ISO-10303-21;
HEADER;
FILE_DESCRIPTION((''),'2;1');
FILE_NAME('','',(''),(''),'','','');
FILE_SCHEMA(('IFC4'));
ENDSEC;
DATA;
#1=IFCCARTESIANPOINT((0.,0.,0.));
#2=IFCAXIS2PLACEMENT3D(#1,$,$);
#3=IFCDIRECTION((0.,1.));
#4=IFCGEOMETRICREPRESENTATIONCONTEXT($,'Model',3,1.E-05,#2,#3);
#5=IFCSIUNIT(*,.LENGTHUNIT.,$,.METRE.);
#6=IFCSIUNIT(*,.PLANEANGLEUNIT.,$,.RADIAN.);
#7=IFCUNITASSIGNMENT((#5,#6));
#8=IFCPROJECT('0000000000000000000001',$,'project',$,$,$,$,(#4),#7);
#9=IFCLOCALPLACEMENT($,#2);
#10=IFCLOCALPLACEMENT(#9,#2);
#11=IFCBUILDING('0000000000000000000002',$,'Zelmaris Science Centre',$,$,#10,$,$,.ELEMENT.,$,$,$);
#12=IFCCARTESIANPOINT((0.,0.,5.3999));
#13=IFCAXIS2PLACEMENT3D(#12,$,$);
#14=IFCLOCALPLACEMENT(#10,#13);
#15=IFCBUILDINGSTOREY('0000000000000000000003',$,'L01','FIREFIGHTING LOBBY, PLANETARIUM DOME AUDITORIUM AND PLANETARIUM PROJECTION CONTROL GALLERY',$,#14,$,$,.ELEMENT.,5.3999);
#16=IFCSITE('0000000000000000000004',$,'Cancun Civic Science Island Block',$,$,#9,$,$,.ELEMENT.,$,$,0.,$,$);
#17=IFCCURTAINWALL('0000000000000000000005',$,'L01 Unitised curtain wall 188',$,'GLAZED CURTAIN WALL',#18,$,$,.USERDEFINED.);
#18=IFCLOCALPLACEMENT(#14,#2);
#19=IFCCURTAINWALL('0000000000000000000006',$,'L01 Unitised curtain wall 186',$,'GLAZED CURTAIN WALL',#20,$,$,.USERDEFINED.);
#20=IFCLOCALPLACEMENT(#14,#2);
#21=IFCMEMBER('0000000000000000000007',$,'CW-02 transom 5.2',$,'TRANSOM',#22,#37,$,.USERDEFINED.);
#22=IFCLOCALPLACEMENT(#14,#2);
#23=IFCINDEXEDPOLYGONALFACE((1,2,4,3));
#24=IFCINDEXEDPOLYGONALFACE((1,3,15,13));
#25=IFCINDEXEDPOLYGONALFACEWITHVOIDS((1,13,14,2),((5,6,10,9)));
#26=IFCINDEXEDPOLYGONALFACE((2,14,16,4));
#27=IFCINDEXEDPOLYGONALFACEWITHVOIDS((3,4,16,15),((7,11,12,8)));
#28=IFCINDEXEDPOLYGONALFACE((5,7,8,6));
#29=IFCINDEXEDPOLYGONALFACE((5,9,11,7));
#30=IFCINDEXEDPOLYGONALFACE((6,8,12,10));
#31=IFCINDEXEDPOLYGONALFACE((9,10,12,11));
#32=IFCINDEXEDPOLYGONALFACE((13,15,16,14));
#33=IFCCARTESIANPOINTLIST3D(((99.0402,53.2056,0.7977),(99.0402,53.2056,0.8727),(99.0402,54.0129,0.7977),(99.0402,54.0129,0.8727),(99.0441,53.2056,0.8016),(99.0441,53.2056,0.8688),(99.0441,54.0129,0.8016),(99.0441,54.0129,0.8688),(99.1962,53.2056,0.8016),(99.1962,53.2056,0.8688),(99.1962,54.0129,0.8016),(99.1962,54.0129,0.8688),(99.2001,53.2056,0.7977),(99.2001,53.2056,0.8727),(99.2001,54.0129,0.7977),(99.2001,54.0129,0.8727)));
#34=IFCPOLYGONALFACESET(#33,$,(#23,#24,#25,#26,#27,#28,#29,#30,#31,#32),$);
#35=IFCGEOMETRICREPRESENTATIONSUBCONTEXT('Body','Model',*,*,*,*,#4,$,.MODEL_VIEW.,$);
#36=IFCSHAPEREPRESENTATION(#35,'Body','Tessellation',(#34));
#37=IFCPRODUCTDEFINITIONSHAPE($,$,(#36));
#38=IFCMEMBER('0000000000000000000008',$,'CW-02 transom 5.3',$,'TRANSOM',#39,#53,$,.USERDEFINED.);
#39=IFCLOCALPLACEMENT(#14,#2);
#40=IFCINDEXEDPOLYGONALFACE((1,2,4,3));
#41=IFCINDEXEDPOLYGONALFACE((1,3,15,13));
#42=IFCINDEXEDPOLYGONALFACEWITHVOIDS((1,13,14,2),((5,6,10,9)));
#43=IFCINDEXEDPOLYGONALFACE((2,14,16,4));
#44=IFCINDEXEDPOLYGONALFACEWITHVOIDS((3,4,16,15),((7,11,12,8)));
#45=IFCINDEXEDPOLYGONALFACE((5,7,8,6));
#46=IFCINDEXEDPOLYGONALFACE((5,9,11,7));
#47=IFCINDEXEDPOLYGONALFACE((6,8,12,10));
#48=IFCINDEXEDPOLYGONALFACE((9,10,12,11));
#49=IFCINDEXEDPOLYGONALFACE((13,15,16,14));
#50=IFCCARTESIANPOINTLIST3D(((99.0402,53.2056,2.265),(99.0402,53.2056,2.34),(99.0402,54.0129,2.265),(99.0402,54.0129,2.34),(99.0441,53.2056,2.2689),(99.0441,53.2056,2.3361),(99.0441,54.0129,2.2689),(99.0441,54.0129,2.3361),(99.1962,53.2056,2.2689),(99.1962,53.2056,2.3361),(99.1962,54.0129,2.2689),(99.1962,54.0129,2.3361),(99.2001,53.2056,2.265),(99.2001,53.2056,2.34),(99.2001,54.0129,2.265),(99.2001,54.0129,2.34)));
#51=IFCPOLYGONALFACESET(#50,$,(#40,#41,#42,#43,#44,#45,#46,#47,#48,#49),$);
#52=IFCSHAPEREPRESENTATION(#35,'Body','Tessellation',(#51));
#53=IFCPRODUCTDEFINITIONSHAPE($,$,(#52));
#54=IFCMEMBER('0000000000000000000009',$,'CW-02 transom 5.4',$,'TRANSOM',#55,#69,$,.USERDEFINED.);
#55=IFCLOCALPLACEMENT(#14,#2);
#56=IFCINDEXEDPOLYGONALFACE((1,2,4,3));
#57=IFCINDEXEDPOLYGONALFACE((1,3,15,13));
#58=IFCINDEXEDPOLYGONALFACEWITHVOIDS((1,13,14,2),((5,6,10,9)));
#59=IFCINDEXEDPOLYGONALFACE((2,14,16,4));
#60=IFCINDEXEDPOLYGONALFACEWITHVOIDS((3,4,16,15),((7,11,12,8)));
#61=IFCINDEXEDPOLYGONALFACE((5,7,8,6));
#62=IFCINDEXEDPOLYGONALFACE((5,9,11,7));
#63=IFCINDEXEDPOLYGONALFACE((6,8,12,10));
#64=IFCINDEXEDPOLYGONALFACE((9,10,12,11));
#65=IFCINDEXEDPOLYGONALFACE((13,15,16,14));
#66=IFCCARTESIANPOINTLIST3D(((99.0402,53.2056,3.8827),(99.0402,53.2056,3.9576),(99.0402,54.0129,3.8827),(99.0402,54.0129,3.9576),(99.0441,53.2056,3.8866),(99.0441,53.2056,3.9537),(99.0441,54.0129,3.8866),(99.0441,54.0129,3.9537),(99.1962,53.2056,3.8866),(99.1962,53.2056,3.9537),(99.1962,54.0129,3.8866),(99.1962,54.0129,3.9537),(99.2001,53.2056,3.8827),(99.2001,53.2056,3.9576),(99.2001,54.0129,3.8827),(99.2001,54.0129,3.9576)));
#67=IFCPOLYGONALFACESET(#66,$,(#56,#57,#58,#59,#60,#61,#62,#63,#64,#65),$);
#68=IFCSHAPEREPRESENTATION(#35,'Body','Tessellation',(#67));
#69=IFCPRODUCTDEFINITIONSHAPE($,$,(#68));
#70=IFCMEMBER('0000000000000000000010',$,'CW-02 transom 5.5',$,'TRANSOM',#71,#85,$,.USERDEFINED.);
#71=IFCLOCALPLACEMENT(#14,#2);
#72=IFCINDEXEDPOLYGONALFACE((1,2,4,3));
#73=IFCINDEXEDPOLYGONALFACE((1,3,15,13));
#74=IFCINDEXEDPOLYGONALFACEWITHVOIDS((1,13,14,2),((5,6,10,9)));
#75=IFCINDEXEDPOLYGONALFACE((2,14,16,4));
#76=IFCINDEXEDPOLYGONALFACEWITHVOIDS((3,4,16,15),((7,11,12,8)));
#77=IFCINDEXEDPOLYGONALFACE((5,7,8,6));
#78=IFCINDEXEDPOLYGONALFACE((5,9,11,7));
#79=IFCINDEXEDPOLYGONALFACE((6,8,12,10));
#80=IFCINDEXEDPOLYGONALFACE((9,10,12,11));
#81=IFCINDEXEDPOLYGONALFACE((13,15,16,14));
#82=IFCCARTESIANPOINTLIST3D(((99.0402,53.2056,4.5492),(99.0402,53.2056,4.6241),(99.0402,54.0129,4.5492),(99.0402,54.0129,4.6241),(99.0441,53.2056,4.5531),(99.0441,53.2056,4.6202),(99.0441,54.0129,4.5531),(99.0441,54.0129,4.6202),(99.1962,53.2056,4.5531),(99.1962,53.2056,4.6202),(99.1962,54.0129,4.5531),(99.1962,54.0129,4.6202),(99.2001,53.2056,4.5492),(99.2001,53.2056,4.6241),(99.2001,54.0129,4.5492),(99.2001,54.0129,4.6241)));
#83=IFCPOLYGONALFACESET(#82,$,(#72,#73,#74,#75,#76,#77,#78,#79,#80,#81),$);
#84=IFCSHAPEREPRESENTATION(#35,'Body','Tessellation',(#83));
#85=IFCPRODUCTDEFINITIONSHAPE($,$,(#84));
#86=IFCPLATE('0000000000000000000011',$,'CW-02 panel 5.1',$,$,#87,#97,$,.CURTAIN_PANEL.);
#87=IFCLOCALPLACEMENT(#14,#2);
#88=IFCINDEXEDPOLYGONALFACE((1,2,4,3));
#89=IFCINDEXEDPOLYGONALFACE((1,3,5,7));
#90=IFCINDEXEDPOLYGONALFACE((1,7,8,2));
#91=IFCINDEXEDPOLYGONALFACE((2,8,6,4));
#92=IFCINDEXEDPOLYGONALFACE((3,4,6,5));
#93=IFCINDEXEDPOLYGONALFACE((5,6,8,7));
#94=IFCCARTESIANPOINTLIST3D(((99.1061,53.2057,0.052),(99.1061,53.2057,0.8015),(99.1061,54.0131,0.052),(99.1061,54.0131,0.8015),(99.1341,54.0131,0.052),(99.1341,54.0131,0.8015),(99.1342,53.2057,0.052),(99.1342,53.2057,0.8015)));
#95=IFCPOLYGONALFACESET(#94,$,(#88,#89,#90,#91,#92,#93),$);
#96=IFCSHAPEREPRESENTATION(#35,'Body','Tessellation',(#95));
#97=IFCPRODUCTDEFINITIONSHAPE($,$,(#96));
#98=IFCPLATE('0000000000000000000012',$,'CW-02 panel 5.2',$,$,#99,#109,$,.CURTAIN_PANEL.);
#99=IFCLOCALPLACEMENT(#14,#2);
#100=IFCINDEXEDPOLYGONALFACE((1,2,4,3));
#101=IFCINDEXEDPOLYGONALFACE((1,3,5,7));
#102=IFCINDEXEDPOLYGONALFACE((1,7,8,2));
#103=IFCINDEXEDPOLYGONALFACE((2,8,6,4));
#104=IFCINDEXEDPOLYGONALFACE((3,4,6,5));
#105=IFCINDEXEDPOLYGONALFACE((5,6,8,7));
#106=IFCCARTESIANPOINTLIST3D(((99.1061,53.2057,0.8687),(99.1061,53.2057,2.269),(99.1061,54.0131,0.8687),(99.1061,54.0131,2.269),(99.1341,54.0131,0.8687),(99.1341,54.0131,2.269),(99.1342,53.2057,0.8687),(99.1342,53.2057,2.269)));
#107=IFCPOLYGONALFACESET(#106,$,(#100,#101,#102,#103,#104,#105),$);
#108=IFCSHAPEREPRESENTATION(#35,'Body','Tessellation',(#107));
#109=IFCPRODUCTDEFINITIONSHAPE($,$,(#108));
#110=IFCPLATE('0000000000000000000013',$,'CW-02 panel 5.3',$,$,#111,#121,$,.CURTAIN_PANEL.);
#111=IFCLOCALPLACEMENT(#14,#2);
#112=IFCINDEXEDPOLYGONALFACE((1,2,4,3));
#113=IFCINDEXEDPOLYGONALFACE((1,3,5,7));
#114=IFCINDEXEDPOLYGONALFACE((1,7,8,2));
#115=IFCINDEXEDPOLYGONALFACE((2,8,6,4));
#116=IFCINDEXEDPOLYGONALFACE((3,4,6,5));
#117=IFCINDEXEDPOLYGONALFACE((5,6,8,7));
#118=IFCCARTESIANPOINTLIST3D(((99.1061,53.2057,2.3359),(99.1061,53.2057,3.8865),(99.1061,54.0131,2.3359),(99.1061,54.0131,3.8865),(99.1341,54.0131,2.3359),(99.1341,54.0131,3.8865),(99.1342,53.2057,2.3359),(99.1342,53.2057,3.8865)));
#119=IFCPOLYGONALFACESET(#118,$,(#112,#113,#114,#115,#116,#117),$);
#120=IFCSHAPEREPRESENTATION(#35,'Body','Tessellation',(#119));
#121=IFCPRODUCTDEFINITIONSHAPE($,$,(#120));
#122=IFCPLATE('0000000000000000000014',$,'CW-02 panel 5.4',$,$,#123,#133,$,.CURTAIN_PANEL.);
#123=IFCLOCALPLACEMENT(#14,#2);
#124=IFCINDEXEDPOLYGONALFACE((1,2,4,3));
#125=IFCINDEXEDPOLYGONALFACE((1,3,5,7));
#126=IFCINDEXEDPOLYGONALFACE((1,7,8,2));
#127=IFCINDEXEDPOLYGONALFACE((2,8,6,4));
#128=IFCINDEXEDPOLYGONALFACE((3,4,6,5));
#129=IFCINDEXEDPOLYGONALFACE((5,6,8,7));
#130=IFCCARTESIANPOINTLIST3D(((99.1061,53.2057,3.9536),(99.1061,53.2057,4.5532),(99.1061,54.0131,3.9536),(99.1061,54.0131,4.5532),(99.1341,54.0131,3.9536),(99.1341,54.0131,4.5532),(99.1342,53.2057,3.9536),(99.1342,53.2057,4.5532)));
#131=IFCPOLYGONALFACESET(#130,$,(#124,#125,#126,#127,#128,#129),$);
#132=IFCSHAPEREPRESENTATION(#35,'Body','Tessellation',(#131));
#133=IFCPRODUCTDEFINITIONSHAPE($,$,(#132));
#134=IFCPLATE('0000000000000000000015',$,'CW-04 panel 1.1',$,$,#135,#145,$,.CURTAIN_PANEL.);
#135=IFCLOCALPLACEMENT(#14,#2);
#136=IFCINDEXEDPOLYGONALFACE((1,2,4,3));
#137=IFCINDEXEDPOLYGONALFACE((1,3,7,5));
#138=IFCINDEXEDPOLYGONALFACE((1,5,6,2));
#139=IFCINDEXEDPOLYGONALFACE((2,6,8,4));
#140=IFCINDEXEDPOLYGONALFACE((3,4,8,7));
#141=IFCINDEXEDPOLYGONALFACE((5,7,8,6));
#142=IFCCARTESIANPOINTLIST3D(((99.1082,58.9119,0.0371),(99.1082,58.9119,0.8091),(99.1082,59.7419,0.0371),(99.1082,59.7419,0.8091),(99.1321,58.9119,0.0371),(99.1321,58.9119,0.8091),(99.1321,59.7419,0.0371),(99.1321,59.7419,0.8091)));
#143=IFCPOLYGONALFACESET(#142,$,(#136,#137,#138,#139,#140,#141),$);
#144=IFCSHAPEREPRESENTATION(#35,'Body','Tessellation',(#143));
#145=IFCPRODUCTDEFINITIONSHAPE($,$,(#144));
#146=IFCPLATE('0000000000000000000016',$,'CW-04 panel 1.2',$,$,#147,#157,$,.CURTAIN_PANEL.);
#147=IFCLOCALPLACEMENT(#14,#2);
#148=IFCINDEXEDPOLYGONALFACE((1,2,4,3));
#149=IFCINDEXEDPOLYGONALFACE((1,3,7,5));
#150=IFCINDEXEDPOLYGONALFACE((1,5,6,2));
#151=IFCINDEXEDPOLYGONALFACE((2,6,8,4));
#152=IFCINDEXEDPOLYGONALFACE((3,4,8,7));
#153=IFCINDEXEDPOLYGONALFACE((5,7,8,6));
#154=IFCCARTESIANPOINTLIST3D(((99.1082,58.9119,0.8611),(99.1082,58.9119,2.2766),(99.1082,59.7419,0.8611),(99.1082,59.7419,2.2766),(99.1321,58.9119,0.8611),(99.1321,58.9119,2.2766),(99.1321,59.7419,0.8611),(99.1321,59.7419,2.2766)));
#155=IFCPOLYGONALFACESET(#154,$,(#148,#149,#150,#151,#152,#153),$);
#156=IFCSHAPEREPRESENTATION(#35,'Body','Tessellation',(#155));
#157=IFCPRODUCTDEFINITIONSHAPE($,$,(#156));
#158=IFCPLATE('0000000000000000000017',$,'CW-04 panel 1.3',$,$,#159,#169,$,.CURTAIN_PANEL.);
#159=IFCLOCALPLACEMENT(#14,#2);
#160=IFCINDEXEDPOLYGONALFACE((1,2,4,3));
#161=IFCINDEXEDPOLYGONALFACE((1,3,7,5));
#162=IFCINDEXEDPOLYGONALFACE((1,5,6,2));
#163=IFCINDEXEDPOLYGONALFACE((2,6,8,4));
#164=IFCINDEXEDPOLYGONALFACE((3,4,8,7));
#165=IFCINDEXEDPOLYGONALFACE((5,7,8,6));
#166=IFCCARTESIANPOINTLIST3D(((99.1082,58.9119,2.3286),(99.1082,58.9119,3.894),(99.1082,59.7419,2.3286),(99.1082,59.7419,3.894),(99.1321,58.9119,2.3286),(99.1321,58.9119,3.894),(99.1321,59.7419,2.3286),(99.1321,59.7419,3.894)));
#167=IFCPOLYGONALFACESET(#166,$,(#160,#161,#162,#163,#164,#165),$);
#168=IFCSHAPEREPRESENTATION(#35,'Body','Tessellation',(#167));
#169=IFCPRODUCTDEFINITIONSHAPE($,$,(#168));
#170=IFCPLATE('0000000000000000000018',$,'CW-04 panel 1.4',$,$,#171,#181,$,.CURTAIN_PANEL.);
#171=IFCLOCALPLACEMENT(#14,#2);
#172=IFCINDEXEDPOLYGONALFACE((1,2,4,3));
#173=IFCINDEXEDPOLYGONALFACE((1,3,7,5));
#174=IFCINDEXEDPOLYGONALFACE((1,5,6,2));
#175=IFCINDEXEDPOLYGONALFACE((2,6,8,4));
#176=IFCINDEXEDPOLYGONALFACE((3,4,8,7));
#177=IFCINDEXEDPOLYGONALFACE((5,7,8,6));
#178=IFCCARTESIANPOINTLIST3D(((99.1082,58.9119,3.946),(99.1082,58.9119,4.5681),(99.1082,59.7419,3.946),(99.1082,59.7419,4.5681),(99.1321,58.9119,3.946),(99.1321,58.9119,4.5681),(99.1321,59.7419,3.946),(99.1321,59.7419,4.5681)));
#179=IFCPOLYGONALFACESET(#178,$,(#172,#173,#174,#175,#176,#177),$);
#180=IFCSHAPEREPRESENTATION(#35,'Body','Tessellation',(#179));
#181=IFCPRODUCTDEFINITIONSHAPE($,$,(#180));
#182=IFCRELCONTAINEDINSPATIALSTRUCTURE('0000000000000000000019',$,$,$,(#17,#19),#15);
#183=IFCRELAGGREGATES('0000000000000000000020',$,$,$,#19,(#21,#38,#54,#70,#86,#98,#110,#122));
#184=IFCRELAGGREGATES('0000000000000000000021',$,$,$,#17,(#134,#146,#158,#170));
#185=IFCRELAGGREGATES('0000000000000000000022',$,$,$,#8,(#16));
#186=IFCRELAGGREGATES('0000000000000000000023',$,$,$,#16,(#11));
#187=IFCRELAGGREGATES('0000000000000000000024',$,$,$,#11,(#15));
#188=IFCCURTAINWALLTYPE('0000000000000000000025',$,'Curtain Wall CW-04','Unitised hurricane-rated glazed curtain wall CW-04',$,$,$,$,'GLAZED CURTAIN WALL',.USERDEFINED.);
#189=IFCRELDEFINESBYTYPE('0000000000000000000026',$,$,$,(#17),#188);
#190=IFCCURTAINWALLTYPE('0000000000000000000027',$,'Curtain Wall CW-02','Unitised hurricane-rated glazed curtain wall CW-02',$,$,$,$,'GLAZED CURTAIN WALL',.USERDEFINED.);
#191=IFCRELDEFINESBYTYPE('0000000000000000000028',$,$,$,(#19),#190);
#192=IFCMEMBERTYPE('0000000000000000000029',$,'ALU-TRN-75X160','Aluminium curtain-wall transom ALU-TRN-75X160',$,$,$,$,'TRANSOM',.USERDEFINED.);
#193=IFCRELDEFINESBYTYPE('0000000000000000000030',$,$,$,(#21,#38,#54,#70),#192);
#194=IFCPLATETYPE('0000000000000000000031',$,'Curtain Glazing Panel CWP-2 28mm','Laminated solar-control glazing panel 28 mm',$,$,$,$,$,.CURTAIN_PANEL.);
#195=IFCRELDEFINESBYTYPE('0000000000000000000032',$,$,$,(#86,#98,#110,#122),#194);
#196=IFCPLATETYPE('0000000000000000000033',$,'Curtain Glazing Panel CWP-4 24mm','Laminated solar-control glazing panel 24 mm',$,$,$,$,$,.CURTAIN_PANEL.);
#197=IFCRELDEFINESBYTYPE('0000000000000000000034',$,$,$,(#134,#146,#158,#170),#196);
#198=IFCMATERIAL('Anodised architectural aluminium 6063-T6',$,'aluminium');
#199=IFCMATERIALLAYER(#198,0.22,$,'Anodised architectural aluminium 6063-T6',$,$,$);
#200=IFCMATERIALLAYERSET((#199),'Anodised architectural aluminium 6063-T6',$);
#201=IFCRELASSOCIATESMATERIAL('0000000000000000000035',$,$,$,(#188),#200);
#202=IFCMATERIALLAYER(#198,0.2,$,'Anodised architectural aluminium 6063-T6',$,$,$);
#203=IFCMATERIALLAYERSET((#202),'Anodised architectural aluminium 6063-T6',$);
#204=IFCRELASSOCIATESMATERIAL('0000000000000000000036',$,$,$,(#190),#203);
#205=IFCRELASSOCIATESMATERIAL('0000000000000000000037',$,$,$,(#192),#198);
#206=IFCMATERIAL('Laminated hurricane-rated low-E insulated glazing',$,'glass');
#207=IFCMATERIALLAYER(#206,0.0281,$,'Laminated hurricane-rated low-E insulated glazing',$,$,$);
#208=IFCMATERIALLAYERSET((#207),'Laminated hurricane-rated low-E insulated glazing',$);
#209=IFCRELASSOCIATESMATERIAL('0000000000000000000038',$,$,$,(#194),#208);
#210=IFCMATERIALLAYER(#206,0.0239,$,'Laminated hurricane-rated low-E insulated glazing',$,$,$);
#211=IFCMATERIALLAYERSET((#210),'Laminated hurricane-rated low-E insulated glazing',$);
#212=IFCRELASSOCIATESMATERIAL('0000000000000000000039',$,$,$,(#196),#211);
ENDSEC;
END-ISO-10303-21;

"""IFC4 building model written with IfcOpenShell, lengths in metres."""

from ifc_helpers import new_model, si_unit, direction, frame, origin, origin_2d, place, context, subcontext, project, spatial, rectangle, hollow_rectangle, extrude, material, layer, layer_set, material_profile, profile_set, type_object, element, aggregate, save


model = new_model("IFC4")

# Units and contexts
model_context = context("Model", 3, precision=1e-05, world=origin(), true_north=direction((0.0, 1.0)))
body_context = subcontext(model_context, "Body", "Model", "MODEL_VIEW")
ifc_project = project(units=[si_unit("LENGTHUNIT", "METRE"), si_unit("PLANEANGLEUNIT", "RADIAN")], contexts=[model_context])

# Site, building, storey
site_placement = place(None, origin())
site = spatial("IfcSite", under=ifc_project, at=site_placement, Name="Cancun Civic Science Island Block", CompositionType="ELEMENT", RefElevation=0.0)
building_placement = place(site_placement, origin())
building = spatial("IfcBuilding", under=site, at=building_placement, Name="Zelmaris Science Centre", CompositionType="ELEMENT")
storey_placement = place(building_placement, frame((0.0, 0.0, 5.3999)))
storey = spatial("IfcBuildingStorey", under=building, at=storey_placement, Name="L01", Description="FIREFIGHTING LOBBY, PLANETARIUM DOME AUDITORIUM AND PLANETARIUM PROJECTION CONTROL GALLERY", CompositionType="ELEMENT", Elevation=5.3999)

# Curtain walls
ifc_material_1 = material(Name="Anodised architectural aluminium 6063-T6", Category="aluminium")
ifc_layer_1 = layer(ifc_material_1, 0.22, Name="Anodised architectural aluminium 6063-T6")
ifc_layer_set_1 = layer_set([ifc_layer_1], Name="Anodised architectural aluminium 6063-T6")
curtain_wall_type_1 = type_object("IfcCurtainWallType", Name="Curtain Wall CW-04", Description="Unitised hurricane-rated glazed curtain wall CW-04", ElementType="GLAZED CURTAIN WALL", PredefinedType="USERDEFINED", material=ifc_layer_set_1)
curtain_wall_1_placement = place(storey_placement, origin())
curtain_wall_1 = element("IfcCurtainWall", 1, at=curtain_wall_1_placement, inside=storey, type_object=curtain_wall_type_1, Name="L01 Unitised curtain wall 188", ObjectType="GLAZED CURTAIN WALL", PredefinedType="USERDEFINED")
ifc_layer_2 = layer(ifc_material_1, 0.2, Name="Anodised architectural aluminium 6063-T6")
ifc_layer_set_2 = layer_set([ifc_layer_2], Name="Anodised architectural aluminium 6063-T6")
curtain_wall_type_2 = type_object("IfcCurtainWallType", Name="Curtain Wall CW-02", Description="Unitised hurricane-rated glazed curtain wall CW-02", ElementType="GLAZED CURTAIN WALL", PredefinedType="USERDEFINED", material=ifc_layer_set_2)
curtain_wall_2_placement = place(storey_placement, origin())
curtain_wall_2 = element("IfcCurtainWall", 2, at=curtain_wall_2_placement, inside=storey, type_object=curtain_wall_type_2, Name="L01 Unitised curtain wall 186", ObjectType="GLAZED CURTAIN WALL", PredefinedType="USERDEFINED")

# Members
ifc_material_profile_1 = material_profile(ifc_material_1, hollow_rectangle(XDim=0.075, YDim=0.1599, WallThickness=0.0039, at=origin_2d()), Name="ALU-TRN-75X160")
ifc_profile_set_1 = profile_set([ifc_material_profile_1], Name="Anodised architectural aluminium 6063-T6")
member_type_1 = type_object("IfcMemberType", Name="ALU-TRN-75X160", Description="Aluminium curtain-wall transom ALU-TRN-75X160", ElementType="TRANSOM", PredefinedType="USERDEFINED", material=ifc_profile_set_1)
member_1_placement = place(storey_placement, frame((99.1201, 53.2056, 0.8352), z_axis=(0.0, 1.0, 0.0), x_axis=(0.0, 0.0, 1.0)))
member_1 = element("IfcMember", 3, at=member_1_placement, type_object=member_type_1, Name="CW-02 transom 5.2", ObjectType="TRANSOM", PredefinedType="USERDEFINED", context=body_context, shape_type="SweptSolid", body=[
    extrude(hollow_rectangle(XDim=0.075, YDim=0.1599, WallThickness=0.0039, at=origin_2d()), origin(), (0.0, 0.0, 1.0), 0.8074),
])
member_2_placement = place(storey_placement, frame((99.1201, 53.2056, 2.3025), z_axis=(0.0, 1.0, 0.0), x_axis=(0.0, 0.0, 1.0)))
member_2 = element("IfcMember", 4, at=member_2_placement, type_object=member_type_1, Name="CW-02 transom 5.3", ObjectType="TRANSOM", PredefinedType="USERDEFINED", context=body_context, shape_type="SweptSolid", body=[
    extrude(hollow_rectangle(XDim=0.075, YDim=0.1599, WallThickness=0.0039, at=origin_2d()), origin(), (0.0, 0.0, 1.0), 0.8074),
])
member_3_placement = place(storey_placement, frame((99.1201, 53.2056, 3.9202), z_axis=(0.0, 1.0, 0.0), x_axis=(0.0, 0.0, 1.0)))
member_3 = element("IfcMember", 5, at=member_3_placement, type_object=member_type_1, Name="CW-02 transom 5.4", ObjectType="TRANSOM", PredefinedType="USERDEFINED", context=body_context, shape_type="SweptSolid", body=[
    extrude(hollow_rectangle(XDim=0.075, YDim=0.1599, WallThickness=0.0039, at=origin_2d()), origin(), (0.0, 0.0, 1.0), 0.8074),
])
member_4_placement = place(storey_placement, frame((99.1201, 53.2056, 4.5867), z_axis=(0.0, 1.0, 0.0), x_axis=(0.0, 0.0, 1.0)))
member_4 = element("IfcMember", 6, at=member_4_placement, type_object=member_type_1, Name="CW-02 transom 5.5", ObjectType="TRANSOM", PredefinedType="USERDEFINED", context=body_context, shape_type="SweptSolid", body=[
    extrude(hollow_rectangle(XDim=0.075, YDim=0.1599, WallThickness=0.0039, at=origin_2d()), origin(), (0.0, 0.0, 1.0), 0.8074),
])

# Plates
ifc_material_2 = material(Name="Laminated hurricane-rated low-E insulated glazing", Category="glass")
ifc_layer_3 = layer(ifc_material_2, 0.0281, Name="Laminated hurricane-rated low-E insulated glazing")
ifc_layer_set_3 = layer_set([ifc_layer_3], Name="Laminated hurricane-rated low-E insulated glazing")
plate_type_1 = type_object("IfcPlateType", Name="Curtain Glazing Panel CWP-2 28mm", Description="Laminated solar-control glazing panel 28 mm", PredefinedType="CURTAIN_PANEL", material=ifc_layer_set_3)
plate_1_placement = place(storey_placement, frame((99.1201, 53.6094, 0.052), z_axis=(0.0, 0.0, 1.0), x_axis=(-0.000022, 1.0, 0.0)))
plate_1 = element("IfcPlate", 7, at=plate_1_placement, type_object=plate_type_1, Name="CW-02 panel 5.1", PredefinedType="CURTAIN_PANEL", context=body_context, shape_type="SweptSolid", body=[
    extrude(rectangle(XDim=0.8074, YDim=0.0281, at=origin_2d()), origin(), (0.0, 0.0, 1.0), 0.7495),
])
plate_2_placement = place(storey_placement, frame((99.1201, 53.6094, 0.8687), z_axis=(0.0, 0.0, 1.0), x_axis=(-0.000022, 1.0, 0.0)))
plate_2 = element("IfcPlate", 8, at=plate_2_placement, type_object=plate_type_1, Name="CW-02 panel 5.2", PredefinedType="CURTAIN_PANEL", context=body_context, shape_type="SweptSolid", body=[
    extrude(rectangle(XDim=0.8074, YDim=0.0281, at=origin_2d()), origin(), (0.0, 0.0, 1.0), 1.4004),
])
plate_3_placement = place(storey_placement, frame((99.1201, 53.6094, 2.3359), z_axis=(0.0, 0.0, 1.0), x_axis=(-0.000022, 1.0, 0.0)))
plate_3 = element("IfcPlate", 9, at=plate_3_placement, type_object=plate_type_1, Name="CW-02 panel 5.3", PredefinedType="CURTAIN_PANEL", context=body_context, shape_type="SweptSolid", body=[
    extrude(rectangle(XDim=0.8074, YDim=0.0281, at=origin_2d()), origin(), (0.0, 0.0, 1.0), 1.5505),
])
plate_4_placement = place(storey_placement, frame((99.1201, 53.6094, 3.9536), z_axis=(0.0, 0.0, 1.0), x_axis=(-0.000022, 1.0, 0.0)))
plate_4 = element("IfcPlate", 10, at=plate_4_placement, type_object=plate_type_1, Name="CW-02 panel 5.4", PredefinedType="CURTAIN_PANEL", context=body_context, shape_type="SweptSolid", body=[
    extrude(rectangle(XDim=0.8074, YDim=0.0281, at=origin_2d()), origin(), (0.0, 0.0, 1.0), 0.5996),
])
aggregate(curtain_wall_2, [member_1, member_2, member_3, member_4, plate_1, plate_2, plate_3, plate_4])
ifc_layer_4 = layer(ifc_material_2, 0.0239, Name="Laminated hurricane-rated low-E insulated glazing")
ifc_layer_set_4 = layer_set([ifc_layer_4], Name="Laminated hurricane-rated low-E insulated glazing")
plate_type_2 = type_object("IfcPlateType", Name="Curtain Glazing Panel CWP-4 24mm", Description="Laminated solar-control glazing panel 24 mm", PredefinedType="CURTAIN_PANEL", material=ifc_layer_set_4)
plate_5_placement = place(storey_placement, frame((99.1201, 59.3269, 0.0371), z_axis=(0.0, 0.0, 1.0), x_axis=(0.0, 1.0, 0.0)))
plate_5 = element("IfcPlate", 11, at=plate_5_placement, type_object=plate_type_2, Name="CW-04 panel 1.1", PredefinedType="CURTAIN_PANEL", context=body_context, shape_type="SweptSolid", body=[
    extrude(rectangle(XDim=0.8301, YDim=0.0239, at=origin_2d()), origin(), (0.0, 0.0, 1.0), 0.772),
])
plate_6_placement = place(storey_placement, frame((99.1201, 59.3269, 0.8611), z_axis=(0.0, 0.0, 1.0), x_axis=(0.0, 1.0, 0.0)))
plate_6 = element("IfcPlate", 12, at=plate_6_placement, type_object=plate_type_2, Name="CW-04 panel 1.2", PredefinedType="CURTAIN_PANEL", context=body_context, shape_type="SweptSolid", body=[
    extrude(rectangle(XDim=0.8301, YDim=0.0239, at=origin_2d()), origin(), (0.0, 0.0, 1.0), 1.4155),
])
plate_7_placement = place(storey_placement, frame((99.1201, 59.3269, 2.3286), z_axis=(0.0, 0.0, 1.0), x_axis=(0.0, 1.0, 0.0)))
plate_7 = element("IfcPlate", 13, at=plate_7_placement, type_object=plate_type_2, Name="CW-04 panel 1.3", PredefinedType="CURTAIN_PANEL", context=body_context, shape_type="SweptSolid", body=[
    extrude(rectangle(XDim=0.8301, YDim=0.0239, at=origin_2d()), origin(), (0.0, 0.0, 1.0), 1.5654),
])
plate_8_placement = place(storey_placement, frame((99.1201, 59.3269, 3.946), z_axis=(0.0, 0.0, 1.0), x_axis=(0.0, 1.0, 0.0)))
plate_8 = element("IfcPlate", 14, at=plate_8_placement, type_object=plate_type_2, Name="CW-04 panel 1.4", PredefinedType="CURTAIN_PANEL", context=body_context, shape_type="SweptSolid", body=[
    extrude(rectangle(XDim=0.8301, YDim=0.0239, at=origin_2d()), origin(), (0.0, 0.0, 1.0), 0.6221),
])
aggregate(curtain_wall_1, [plate_5, plate_6, plate_7, plate_8])

save(model, "model.ifc")
